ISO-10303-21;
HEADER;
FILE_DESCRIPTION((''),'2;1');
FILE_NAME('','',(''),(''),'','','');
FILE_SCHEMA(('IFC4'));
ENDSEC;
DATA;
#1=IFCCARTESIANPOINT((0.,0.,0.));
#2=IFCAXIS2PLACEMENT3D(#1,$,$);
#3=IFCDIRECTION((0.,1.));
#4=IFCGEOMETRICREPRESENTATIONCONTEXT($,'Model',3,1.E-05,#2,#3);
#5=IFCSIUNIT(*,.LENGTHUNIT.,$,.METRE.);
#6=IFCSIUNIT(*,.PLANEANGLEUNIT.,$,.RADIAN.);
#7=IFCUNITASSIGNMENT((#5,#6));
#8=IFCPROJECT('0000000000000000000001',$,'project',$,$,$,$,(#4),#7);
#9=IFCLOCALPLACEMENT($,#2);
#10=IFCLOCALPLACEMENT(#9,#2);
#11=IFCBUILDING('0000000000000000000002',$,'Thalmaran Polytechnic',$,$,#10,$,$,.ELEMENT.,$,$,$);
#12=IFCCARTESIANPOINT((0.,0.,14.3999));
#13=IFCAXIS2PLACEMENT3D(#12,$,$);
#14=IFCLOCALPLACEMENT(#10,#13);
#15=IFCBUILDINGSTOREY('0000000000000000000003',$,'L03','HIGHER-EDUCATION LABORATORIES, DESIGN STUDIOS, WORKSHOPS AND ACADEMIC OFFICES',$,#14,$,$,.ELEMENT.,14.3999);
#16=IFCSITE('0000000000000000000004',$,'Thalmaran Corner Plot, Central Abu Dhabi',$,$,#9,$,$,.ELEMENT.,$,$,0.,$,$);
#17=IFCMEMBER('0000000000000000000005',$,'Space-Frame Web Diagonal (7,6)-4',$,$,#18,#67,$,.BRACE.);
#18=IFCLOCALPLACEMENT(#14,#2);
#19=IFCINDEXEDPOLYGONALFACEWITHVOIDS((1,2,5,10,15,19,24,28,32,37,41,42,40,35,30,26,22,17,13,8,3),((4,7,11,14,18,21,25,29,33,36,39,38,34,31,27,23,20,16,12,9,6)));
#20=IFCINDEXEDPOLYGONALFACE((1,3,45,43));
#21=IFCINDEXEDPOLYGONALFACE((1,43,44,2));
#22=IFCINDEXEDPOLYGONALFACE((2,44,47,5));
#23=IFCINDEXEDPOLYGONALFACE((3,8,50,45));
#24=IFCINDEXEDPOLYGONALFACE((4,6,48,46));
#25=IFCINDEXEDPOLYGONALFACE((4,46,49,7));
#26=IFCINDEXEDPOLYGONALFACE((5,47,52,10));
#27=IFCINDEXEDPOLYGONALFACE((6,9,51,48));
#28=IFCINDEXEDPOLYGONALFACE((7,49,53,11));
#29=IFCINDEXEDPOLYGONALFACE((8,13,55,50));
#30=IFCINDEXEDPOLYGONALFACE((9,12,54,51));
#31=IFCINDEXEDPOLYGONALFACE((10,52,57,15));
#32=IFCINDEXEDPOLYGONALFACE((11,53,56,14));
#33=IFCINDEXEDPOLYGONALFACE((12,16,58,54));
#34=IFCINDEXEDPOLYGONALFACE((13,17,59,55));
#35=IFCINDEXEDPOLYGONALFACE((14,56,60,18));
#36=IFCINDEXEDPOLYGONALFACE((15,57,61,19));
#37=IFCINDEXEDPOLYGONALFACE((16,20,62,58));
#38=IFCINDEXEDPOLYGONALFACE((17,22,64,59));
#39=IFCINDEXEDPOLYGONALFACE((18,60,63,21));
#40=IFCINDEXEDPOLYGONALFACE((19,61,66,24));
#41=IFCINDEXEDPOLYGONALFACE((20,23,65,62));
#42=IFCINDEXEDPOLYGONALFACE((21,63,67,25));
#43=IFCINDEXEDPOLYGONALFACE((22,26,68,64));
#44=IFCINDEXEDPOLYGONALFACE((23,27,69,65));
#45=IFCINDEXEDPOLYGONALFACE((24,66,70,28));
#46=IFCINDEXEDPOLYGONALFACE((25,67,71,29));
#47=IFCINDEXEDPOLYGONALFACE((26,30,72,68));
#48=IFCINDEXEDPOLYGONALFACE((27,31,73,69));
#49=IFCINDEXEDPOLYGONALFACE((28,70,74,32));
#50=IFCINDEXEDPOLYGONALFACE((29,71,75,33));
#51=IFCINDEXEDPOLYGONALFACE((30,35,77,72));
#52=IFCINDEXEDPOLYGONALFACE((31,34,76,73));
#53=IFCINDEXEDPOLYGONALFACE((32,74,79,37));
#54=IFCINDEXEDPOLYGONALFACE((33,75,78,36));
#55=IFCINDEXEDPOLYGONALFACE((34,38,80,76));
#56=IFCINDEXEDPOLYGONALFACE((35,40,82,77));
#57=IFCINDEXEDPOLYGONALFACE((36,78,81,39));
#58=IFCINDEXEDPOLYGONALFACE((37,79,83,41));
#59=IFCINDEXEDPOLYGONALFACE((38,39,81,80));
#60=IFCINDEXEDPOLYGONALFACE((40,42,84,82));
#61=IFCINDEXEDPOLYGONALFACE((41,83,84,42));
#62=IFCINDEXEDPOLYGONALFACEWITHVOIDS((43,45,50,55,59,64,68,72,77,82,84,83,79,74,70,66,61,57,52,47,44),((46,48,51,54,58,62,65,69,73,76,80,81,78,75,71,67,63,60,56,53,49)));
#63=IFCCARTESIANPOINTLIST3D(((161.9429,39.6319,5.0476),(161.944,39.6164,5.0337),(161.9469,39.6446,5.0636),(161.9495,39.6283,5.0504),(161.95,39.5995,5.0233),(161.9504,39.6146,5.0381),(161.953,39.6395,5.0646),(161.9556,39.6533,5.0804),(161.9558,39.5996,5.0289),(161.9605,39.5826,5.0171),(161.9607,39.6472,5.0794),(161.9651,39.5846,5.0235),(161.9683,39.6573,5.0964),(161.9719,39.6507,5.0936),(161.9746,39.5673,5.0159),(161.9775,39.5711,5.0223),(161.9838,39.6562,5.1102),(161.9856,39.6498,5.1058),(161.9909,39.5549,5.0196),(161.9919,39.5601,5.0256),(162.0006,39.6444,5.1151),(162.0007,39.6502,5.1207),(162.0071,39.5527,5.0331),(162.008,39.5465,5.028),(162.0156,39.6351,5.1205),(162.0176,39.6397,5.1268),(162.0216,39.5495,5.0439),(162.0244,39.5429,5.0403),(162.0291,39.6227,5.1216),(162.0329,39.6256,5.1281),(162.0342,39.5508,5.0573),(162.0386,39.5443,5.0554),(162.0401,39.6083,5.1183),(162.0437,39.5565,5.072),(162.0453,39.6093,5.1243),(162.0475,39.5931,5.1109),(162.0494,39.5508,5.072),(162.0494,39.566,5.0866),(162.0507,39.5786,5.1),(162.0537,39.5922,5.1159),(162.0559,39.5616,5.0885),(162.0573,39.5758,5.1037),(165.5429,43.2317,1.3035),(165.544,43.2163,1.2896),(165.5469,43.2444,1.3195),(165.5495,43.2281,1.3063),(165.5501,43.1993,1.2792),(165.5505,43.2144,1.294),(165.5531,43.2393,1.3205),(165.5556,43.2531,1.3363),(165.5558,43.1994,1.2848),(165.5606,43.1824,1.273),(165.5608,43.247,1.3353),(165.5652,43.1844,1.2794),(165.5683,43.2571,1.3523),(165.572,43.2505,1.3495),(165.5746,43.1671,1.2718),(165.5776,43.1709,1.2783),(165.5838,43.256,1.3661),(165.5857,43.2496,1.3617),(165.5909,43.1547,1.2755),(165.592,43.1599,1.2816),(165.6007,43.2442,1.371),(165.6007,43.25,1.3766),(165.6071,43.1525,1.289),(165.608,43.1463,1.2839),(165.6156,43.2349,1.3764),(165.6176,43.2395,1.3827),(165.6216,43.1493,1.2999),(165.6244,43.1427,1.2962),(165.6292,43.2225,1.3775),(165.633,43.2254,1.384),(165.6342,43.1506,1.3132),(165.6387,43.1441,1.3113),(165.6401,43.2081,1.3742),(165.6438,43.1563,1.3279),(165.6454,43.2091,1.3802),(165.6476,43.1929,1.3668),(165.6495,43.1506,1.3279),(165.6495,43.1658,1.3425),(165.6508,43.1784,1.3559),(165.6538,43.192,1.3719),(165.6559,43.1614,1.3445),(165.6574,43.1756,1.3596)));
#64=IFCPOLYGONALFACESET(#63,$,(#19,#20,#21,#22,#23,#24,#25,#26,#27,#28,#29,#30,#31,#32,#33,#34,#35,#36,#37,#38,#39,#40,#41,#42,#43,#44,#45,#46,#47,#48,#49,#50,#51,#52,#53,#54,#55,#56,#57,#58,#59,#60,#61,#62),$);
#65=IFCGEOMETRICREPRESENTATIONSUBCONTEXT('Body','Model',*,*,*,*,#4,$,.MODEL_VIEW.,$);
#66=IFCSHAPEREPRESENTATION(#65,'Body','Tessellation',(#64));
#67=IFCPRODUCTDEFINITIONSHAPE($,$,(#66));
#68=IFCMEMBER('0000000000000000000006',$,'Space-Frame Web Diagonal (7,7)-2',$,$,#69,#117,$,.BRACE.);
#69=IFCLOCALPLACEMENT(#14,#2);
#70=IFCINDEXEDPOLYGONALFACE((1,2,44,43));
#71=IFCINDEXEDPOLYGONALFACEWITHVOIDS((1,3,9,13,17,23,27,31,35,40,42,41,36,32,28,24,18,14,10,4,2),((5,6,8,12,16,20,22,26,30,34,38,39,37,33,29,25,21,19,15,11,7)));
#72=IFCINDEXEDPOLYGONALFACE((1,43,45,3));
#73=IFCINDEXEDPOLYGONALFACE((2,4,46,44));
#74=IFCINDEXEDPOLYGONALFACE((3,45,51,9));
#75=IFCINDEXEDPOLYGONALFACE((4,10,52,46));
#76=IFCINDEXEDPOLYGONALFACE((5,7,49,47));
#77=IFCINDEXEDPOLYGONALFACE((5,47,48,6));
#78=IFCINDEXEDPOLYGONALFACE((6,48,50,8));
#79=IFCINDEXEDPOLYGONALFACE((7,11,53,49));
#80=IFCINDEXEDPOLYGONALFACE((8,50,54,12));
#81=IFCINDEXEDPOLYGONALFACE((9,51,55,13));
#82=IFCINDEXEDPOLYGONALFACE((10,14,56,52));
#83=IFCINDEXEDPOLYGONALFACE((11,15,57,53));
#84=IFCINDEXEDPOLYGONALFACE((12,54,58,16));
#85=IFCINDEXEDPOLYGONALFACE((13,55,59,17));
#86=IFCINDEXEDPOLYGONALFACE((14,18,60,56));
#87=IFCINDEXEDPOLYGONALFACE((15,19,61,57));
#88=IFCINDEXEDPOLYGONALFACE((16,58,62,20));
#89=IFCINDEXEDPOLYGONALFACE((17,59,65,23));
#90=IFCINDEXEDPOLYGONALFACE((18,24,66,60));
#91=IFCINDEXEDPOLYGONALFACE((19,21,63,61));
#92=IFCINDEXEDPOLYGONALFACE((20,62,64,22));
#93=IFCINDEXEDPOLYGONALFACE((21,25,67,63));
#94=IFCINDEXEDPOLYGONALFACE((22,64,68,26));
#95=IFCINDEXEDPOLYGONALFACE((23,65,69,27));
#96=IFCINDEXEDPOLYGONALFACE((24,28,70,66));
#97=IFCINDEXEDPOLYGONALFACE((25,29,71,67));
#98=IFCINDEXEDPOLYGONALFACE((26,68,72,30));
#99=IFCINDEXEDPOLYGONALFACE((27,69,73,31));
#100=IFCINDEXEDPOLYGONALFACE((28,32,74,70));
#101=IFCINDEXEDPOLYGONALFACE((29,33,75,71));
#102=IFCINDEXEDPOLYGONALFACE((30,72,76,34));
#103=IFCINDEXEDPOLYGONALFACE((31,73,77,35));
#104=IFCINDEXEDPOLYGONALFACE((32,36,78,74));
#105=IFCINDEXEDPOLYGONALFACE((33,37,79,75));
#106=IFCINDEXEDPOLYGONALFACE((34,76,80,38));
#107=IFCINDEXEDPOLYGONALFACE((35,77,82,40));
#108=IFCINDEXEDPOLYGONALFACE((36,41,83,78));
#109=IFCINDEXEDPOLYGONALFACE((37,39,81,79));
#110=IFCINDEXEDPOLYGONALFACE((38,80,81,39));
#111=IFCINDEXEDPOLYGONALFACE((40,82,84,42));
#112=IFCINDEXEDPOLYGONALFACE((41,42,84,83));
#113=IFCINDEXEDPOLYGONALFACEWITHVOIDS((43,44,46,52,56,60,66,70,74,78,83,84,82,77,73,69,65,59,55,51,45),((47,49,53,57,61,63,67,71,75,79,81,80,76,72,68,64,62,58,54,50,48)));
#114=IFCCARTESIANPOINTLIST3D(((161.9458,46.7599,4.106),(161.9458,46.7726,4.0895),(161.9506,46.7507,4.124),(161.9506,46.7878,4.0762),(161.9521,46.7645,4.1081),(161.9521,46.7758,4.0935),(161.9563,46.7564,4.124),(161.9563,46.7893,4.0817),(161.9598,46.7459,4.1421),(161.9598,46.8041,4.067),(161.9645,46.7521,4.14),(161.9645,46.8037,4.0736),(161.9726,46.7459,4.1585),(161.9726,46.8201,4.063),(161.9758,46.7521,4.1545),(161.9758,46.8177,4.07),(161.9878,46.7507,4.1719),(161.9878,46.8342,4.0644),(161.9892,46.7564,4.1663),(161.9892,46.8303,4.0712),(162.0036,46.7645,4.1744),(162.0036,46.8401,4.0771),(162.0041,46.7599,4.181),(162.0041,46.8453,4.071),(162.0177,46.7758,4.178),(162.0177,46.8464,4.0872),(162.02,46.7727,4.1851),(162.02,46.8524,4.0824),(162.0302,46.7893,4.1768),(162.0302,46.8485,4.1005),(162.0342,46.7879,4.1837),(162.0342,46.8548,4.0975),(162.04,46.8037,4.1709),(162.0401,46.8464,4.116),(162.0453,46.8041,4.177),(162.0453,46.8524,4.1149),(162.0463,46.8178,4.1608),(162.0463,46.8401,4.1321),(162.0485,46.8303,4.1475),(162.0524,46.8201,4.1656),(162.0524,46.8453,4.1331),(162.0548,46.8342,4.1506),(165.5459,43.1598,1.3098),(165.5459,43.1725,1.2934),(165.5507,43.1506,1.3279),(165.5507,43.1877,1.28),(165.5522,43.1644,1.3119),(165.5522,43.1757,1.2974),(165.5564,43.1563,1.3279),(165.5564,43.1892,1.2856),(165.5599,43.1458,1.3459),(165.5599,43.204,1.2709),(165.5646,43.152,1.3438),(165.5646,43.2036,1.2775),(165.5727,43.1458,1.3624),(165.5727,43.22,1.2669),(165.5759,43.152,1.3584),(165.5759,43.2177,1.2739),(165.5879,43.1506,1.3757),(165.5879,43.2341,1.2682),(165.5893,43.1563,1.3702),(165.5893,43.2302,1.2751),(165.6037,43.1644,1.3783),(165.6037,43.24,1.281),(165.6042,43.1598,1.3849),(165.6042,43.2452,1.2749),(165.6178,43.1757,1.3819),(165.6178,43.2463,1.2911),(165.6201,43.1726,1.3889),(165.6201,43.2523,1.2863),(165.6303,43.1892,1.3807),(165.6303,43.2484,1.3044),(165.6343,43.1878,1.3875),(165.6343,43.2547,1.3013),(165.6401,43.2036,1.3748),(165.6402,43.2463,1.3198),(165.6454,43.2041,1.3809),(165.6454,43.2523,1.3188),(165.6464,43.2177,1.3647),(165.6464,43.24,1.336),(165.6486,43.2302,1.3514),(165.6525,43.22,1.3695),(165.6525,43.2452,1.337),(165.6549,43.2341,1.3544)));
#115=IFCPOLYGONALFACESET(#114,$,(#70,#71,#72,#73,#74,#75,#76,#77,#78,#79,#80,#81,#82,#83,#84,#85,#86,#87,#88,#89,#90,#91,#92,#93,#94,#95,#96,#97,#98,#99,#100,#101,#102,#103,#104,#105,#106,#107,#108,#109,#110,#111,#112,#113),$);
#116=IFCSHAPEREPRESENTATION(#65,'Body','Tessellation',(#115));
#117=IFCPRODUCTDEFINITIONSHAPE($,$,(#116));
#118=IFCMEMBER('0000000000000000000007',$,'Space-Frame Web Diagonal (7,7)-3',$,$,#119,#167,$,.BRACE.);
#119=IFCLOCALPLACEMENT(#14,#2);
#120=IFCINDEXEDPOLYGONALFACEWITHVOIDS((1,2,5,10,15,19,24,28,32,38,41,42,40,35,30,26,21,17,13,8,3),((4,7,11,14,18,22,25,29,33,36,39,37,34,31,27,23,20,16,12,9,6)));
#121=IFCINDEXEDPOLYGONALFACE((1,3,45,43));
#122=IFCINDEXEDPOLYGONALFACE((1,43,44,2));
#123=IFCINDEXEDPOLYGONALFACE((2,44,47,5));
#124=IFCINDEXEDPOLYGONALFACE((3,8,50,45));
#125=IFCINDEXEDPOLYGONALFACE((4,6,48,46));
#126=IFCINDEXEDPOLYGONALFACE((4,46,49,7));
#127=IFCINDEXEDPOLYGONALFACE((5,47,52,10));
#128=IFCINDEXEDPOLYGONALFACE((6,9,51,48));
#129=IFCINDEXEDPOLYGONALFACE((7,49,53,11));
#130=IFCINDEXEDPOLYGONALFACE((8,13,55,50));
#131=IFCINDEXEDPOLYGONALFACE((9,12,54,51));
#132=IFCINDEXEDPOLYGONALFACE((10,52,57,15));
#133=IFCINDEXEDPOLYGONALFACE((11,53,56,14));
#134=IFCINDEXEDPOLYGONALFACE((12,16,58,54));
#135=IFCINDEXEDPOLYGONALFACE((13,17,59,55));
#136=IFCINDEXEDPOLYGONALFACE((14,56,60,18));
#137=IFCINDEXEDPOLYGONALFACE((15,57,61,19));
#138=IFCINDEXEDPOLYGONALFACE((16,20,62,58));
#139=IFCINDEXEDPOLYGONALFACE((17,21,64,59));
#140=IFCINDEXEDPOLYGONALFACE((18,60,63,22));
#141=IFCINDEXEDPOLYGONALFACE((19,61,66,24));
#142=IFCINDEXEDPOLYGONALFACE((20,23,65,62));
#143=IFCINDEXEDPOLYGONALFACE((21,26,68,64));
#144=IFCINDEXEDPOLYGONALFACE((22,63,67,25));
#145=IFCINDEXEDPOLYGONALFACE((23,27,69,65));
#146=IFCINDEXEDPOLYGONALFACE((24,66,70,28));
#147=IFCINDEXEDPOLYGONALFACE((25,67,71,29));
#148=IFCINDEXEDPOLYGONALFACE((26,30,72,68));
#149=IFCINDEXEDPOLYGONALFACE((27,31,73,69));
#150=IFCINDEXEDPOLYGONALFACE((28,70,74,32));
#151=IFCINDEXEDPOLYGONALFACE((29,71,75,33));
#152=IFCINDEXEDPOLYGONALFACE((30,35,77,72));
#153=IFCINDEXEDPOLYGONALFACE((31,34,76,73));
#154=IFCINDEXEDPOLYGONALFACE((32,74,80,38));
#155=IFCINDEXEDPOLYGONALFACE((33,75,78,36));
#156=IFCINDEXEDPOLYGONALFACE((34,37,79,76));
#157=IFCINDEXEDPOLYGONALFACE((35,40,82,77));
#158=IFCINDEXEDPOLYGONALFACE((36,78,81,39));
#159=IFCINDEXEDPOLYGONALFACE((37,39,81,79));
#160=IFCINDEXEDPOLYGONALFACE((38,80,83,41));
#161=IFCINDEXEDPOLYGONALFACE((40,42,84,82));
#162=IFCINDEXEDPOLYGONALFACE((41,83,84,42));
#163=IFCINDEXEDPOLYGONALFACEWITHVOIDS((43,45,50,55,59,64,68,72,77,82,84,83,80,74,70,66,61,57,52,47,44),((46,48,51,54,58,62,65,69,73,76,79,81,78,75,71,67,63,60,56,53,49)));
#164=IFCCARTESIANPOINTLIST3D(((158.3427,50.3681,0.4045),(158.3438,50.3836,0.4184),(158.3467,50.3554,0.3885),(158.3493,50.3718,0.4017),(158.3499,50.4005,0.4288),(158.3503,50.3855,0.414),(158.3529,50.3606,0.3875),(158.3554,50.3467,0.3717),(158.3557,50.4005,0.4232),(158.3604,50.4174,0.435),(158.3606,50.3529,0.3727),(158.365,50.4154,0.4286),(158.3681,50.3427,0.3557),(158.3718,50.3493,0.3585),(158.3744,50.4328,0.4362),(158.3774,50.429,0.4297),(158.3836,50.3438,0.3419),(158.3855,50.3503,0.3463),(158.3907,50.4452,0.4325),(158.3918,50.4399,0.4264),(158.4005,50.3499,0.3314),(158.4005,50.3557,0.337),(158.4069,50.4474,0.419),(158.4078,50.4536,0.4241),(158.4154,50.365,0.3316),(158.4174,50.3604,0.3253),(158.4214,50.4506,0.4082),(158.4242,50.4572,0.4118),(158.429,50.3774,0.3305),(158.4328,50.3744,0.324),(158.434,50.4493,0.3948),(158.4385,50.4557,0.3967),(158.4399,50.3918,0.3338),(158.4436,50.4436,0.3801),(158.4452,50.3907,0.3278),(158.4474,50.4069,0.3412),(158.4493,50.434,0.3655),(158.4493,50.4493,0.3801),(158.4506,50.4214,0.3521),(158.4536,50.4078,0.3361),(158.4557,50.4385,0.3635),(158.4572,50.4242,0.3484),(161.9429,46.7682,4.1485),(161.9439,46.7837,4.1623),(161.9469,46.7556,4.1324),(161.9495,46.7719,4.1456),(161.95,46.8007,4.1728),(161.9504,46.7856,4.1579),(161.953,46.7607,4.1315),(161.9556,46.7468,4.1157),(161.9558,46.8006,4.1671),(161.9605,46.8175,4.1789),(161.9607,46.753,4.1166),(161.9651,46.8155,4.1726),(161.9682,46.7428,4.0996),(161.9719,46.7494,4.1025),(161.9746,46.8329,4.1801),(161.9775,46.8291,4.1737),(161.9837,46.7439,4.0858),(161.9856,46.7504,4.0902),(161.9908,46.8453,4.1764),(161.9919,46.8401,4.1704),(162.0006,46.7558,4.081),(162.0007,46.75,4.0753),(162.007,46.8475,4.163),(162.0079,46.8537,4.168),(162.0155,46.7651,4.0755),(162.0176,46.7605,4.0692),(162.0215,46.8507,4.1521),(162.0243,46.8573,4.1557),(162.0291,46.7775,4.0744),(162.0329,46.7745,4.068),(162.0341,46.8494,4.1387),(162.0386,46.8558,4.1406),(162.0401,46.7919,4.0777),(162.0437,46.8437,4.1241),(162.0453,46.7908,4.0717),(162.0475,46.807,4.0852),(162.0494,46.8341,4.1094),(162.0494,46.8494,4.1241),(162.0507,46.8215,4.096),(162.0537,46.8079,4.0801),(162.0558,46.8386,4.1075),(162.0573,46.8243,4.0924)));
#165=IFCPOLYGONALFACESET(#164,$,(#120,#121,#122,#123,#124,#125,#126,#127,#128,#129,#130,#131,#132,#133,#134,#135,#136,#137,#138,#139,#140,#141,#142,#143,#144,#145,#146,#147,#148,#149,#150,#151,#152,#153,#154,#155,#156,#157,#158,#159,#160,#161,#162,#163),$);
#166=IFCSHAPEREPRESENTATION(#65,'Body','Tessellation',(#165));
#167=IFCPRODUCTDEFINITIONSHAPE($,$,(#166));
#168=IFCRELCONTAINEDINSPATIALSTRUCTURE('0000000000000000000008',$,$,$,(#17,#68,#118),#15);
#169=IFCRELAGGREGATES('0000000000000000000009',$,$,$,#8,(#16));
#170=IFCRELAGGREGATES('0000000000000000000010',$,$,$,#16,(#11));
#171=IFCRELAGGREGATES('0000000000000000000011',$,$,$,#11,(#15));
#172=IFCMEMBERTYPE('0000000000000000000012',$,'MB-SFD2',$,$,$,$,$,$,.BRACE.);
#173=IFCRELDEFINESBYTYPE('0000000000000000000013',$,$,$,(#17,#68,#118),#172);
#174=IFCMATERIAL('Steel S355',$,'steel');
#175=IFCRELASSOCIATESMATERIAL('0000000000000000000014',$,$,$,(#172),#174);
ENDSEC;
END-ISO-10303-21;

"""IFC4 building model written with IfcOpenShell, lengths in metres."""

from ifc_helpers import new_model, si_unit, direction, frame, origin, origin_2d, place, context, subcontext, project, spatial, hollow_circle, extrude, material, material_profile, profile_set, type_object, element, save


model = new_model("IFC4")

# Units and contexts
model_context = context("Model", 3, precision=1e-05, world=origin(), true_north=direction((0.0, 1.0)))
body_context = subcontext(model_context, "Body", "Model", "MODEL_VIEW")
ifc_project = project(units=[si_unit("LENGTHUNIT", "METRE"), si_unit("PLANEANGLEUNIT", "RADIAN")], contexts=[model_context])

# Site, building, storey
site_placement = place(None, origin())
site = spatial("IfcSite", under=ifc_project, at=site_placement, Name="Thalmaran Corner Plot, Central Abu Dhabi", CompositionType="ELEMENT", RefElevation=0.0)
building_placement = place(site_placement, origin())
building = spatial("IfcBuilding", under=site, at=building_placement, Name="Thalmaran Polytechnic", CompositionType="ELEMENT")
storey_placement = place(building_placement, frame((0.0, 0.0, 14.3999)))
storey = spatial("IfcBuildingStorey", under=building, at=storey_placement, Name="L03", Description="HIGHER-EDUCATION LABORATORIES, DESIGN STUDIOS, WORKSHOPS AND ACADEMIC OFFICES", CompositionType="ELEMENT", Elevation=14.3999)

# Shared definitions
ifc_material_1 = material(Name="Steel S355", Category="steel")

# Members
ifc_material_profile_1 = material_profile(ifc_material_1, hollow_circle(Radius=0.0698, WallThickness=0.0081, at=origin_2d()), Name="CHS 139.7x8.0")
ifc_profile_set_1 = profile_set([ifc_material_profile_1], Name="Steel S355")
member_type_1 = type_object("IfcMemberType", Name="MB-SFD2", PredefinedType="BRACE", material=ifc_profile_set_1)
member_1_placement = place(storey_placement, frame((165.6001, 43.2, 1.3279), z_axis=(-0.569665, -0.569627, 0.592458), x_axis=(0.707083, -0.707131, 0.0)))
element("IfcMember", 1, at=member_1_placement, inside=storey, type_object=member_type_1, Name="Space-Frame Web Diagonal (7,6)-4", PredefinedType="BRACE", context=body_context, shape_type="SweptSolid", body=[
    extrude(hollow_circle(Radius=0.0698, WallThickness=0.0081, at=origin_2d()), origin(), (0.0, 0.0, 1.0), 6.3196),
])
member_2_placement = place(storey_placement, frame((165.6001, 43.2, 1.3279), z_axis=(-0.619788, 0.619788, 0.48138), x_axis=(-0.707107, -0.707107, 0.0)))
element("IfcMember", 2, at=member_2_placement, inside=storey, type_object=member_type_1, Name="Space-Frame Web Diagonal (7,7)-2", PredefinedType="BRACE", context=body_context, shape_type="SweptSolid", body=[
    extrude(hollow_circle(Radius=0.0698, WallThickness=0.0081, at=origin_2d()), origin(), (0.0, 0.0, 1.0), 5.8086),
])
member_3_placement = place(storey_placement, frame((158.3999, 50.3999, 0.3801), z_axis=(0.569678, -0.56964, 0.592433), x_axis=(0.707083, 0.707131, 0.0)))
element("IfcMember", 3, at=member_3_placement, inside=storey, type_object=member_type_1, Name="Space-Frame Web Diagonal (7,7)-3", PredefinedType="BRACE", context=body_context, shape_type="SweptSolid", body=[
    extrude(hollow_circle(Radius=0.0698, WallThickness=0.0081, at=origin_2d()), origin(), (0.0, 0.0, 1.0), 6.3196),
])

save(model, "model.ifc")
